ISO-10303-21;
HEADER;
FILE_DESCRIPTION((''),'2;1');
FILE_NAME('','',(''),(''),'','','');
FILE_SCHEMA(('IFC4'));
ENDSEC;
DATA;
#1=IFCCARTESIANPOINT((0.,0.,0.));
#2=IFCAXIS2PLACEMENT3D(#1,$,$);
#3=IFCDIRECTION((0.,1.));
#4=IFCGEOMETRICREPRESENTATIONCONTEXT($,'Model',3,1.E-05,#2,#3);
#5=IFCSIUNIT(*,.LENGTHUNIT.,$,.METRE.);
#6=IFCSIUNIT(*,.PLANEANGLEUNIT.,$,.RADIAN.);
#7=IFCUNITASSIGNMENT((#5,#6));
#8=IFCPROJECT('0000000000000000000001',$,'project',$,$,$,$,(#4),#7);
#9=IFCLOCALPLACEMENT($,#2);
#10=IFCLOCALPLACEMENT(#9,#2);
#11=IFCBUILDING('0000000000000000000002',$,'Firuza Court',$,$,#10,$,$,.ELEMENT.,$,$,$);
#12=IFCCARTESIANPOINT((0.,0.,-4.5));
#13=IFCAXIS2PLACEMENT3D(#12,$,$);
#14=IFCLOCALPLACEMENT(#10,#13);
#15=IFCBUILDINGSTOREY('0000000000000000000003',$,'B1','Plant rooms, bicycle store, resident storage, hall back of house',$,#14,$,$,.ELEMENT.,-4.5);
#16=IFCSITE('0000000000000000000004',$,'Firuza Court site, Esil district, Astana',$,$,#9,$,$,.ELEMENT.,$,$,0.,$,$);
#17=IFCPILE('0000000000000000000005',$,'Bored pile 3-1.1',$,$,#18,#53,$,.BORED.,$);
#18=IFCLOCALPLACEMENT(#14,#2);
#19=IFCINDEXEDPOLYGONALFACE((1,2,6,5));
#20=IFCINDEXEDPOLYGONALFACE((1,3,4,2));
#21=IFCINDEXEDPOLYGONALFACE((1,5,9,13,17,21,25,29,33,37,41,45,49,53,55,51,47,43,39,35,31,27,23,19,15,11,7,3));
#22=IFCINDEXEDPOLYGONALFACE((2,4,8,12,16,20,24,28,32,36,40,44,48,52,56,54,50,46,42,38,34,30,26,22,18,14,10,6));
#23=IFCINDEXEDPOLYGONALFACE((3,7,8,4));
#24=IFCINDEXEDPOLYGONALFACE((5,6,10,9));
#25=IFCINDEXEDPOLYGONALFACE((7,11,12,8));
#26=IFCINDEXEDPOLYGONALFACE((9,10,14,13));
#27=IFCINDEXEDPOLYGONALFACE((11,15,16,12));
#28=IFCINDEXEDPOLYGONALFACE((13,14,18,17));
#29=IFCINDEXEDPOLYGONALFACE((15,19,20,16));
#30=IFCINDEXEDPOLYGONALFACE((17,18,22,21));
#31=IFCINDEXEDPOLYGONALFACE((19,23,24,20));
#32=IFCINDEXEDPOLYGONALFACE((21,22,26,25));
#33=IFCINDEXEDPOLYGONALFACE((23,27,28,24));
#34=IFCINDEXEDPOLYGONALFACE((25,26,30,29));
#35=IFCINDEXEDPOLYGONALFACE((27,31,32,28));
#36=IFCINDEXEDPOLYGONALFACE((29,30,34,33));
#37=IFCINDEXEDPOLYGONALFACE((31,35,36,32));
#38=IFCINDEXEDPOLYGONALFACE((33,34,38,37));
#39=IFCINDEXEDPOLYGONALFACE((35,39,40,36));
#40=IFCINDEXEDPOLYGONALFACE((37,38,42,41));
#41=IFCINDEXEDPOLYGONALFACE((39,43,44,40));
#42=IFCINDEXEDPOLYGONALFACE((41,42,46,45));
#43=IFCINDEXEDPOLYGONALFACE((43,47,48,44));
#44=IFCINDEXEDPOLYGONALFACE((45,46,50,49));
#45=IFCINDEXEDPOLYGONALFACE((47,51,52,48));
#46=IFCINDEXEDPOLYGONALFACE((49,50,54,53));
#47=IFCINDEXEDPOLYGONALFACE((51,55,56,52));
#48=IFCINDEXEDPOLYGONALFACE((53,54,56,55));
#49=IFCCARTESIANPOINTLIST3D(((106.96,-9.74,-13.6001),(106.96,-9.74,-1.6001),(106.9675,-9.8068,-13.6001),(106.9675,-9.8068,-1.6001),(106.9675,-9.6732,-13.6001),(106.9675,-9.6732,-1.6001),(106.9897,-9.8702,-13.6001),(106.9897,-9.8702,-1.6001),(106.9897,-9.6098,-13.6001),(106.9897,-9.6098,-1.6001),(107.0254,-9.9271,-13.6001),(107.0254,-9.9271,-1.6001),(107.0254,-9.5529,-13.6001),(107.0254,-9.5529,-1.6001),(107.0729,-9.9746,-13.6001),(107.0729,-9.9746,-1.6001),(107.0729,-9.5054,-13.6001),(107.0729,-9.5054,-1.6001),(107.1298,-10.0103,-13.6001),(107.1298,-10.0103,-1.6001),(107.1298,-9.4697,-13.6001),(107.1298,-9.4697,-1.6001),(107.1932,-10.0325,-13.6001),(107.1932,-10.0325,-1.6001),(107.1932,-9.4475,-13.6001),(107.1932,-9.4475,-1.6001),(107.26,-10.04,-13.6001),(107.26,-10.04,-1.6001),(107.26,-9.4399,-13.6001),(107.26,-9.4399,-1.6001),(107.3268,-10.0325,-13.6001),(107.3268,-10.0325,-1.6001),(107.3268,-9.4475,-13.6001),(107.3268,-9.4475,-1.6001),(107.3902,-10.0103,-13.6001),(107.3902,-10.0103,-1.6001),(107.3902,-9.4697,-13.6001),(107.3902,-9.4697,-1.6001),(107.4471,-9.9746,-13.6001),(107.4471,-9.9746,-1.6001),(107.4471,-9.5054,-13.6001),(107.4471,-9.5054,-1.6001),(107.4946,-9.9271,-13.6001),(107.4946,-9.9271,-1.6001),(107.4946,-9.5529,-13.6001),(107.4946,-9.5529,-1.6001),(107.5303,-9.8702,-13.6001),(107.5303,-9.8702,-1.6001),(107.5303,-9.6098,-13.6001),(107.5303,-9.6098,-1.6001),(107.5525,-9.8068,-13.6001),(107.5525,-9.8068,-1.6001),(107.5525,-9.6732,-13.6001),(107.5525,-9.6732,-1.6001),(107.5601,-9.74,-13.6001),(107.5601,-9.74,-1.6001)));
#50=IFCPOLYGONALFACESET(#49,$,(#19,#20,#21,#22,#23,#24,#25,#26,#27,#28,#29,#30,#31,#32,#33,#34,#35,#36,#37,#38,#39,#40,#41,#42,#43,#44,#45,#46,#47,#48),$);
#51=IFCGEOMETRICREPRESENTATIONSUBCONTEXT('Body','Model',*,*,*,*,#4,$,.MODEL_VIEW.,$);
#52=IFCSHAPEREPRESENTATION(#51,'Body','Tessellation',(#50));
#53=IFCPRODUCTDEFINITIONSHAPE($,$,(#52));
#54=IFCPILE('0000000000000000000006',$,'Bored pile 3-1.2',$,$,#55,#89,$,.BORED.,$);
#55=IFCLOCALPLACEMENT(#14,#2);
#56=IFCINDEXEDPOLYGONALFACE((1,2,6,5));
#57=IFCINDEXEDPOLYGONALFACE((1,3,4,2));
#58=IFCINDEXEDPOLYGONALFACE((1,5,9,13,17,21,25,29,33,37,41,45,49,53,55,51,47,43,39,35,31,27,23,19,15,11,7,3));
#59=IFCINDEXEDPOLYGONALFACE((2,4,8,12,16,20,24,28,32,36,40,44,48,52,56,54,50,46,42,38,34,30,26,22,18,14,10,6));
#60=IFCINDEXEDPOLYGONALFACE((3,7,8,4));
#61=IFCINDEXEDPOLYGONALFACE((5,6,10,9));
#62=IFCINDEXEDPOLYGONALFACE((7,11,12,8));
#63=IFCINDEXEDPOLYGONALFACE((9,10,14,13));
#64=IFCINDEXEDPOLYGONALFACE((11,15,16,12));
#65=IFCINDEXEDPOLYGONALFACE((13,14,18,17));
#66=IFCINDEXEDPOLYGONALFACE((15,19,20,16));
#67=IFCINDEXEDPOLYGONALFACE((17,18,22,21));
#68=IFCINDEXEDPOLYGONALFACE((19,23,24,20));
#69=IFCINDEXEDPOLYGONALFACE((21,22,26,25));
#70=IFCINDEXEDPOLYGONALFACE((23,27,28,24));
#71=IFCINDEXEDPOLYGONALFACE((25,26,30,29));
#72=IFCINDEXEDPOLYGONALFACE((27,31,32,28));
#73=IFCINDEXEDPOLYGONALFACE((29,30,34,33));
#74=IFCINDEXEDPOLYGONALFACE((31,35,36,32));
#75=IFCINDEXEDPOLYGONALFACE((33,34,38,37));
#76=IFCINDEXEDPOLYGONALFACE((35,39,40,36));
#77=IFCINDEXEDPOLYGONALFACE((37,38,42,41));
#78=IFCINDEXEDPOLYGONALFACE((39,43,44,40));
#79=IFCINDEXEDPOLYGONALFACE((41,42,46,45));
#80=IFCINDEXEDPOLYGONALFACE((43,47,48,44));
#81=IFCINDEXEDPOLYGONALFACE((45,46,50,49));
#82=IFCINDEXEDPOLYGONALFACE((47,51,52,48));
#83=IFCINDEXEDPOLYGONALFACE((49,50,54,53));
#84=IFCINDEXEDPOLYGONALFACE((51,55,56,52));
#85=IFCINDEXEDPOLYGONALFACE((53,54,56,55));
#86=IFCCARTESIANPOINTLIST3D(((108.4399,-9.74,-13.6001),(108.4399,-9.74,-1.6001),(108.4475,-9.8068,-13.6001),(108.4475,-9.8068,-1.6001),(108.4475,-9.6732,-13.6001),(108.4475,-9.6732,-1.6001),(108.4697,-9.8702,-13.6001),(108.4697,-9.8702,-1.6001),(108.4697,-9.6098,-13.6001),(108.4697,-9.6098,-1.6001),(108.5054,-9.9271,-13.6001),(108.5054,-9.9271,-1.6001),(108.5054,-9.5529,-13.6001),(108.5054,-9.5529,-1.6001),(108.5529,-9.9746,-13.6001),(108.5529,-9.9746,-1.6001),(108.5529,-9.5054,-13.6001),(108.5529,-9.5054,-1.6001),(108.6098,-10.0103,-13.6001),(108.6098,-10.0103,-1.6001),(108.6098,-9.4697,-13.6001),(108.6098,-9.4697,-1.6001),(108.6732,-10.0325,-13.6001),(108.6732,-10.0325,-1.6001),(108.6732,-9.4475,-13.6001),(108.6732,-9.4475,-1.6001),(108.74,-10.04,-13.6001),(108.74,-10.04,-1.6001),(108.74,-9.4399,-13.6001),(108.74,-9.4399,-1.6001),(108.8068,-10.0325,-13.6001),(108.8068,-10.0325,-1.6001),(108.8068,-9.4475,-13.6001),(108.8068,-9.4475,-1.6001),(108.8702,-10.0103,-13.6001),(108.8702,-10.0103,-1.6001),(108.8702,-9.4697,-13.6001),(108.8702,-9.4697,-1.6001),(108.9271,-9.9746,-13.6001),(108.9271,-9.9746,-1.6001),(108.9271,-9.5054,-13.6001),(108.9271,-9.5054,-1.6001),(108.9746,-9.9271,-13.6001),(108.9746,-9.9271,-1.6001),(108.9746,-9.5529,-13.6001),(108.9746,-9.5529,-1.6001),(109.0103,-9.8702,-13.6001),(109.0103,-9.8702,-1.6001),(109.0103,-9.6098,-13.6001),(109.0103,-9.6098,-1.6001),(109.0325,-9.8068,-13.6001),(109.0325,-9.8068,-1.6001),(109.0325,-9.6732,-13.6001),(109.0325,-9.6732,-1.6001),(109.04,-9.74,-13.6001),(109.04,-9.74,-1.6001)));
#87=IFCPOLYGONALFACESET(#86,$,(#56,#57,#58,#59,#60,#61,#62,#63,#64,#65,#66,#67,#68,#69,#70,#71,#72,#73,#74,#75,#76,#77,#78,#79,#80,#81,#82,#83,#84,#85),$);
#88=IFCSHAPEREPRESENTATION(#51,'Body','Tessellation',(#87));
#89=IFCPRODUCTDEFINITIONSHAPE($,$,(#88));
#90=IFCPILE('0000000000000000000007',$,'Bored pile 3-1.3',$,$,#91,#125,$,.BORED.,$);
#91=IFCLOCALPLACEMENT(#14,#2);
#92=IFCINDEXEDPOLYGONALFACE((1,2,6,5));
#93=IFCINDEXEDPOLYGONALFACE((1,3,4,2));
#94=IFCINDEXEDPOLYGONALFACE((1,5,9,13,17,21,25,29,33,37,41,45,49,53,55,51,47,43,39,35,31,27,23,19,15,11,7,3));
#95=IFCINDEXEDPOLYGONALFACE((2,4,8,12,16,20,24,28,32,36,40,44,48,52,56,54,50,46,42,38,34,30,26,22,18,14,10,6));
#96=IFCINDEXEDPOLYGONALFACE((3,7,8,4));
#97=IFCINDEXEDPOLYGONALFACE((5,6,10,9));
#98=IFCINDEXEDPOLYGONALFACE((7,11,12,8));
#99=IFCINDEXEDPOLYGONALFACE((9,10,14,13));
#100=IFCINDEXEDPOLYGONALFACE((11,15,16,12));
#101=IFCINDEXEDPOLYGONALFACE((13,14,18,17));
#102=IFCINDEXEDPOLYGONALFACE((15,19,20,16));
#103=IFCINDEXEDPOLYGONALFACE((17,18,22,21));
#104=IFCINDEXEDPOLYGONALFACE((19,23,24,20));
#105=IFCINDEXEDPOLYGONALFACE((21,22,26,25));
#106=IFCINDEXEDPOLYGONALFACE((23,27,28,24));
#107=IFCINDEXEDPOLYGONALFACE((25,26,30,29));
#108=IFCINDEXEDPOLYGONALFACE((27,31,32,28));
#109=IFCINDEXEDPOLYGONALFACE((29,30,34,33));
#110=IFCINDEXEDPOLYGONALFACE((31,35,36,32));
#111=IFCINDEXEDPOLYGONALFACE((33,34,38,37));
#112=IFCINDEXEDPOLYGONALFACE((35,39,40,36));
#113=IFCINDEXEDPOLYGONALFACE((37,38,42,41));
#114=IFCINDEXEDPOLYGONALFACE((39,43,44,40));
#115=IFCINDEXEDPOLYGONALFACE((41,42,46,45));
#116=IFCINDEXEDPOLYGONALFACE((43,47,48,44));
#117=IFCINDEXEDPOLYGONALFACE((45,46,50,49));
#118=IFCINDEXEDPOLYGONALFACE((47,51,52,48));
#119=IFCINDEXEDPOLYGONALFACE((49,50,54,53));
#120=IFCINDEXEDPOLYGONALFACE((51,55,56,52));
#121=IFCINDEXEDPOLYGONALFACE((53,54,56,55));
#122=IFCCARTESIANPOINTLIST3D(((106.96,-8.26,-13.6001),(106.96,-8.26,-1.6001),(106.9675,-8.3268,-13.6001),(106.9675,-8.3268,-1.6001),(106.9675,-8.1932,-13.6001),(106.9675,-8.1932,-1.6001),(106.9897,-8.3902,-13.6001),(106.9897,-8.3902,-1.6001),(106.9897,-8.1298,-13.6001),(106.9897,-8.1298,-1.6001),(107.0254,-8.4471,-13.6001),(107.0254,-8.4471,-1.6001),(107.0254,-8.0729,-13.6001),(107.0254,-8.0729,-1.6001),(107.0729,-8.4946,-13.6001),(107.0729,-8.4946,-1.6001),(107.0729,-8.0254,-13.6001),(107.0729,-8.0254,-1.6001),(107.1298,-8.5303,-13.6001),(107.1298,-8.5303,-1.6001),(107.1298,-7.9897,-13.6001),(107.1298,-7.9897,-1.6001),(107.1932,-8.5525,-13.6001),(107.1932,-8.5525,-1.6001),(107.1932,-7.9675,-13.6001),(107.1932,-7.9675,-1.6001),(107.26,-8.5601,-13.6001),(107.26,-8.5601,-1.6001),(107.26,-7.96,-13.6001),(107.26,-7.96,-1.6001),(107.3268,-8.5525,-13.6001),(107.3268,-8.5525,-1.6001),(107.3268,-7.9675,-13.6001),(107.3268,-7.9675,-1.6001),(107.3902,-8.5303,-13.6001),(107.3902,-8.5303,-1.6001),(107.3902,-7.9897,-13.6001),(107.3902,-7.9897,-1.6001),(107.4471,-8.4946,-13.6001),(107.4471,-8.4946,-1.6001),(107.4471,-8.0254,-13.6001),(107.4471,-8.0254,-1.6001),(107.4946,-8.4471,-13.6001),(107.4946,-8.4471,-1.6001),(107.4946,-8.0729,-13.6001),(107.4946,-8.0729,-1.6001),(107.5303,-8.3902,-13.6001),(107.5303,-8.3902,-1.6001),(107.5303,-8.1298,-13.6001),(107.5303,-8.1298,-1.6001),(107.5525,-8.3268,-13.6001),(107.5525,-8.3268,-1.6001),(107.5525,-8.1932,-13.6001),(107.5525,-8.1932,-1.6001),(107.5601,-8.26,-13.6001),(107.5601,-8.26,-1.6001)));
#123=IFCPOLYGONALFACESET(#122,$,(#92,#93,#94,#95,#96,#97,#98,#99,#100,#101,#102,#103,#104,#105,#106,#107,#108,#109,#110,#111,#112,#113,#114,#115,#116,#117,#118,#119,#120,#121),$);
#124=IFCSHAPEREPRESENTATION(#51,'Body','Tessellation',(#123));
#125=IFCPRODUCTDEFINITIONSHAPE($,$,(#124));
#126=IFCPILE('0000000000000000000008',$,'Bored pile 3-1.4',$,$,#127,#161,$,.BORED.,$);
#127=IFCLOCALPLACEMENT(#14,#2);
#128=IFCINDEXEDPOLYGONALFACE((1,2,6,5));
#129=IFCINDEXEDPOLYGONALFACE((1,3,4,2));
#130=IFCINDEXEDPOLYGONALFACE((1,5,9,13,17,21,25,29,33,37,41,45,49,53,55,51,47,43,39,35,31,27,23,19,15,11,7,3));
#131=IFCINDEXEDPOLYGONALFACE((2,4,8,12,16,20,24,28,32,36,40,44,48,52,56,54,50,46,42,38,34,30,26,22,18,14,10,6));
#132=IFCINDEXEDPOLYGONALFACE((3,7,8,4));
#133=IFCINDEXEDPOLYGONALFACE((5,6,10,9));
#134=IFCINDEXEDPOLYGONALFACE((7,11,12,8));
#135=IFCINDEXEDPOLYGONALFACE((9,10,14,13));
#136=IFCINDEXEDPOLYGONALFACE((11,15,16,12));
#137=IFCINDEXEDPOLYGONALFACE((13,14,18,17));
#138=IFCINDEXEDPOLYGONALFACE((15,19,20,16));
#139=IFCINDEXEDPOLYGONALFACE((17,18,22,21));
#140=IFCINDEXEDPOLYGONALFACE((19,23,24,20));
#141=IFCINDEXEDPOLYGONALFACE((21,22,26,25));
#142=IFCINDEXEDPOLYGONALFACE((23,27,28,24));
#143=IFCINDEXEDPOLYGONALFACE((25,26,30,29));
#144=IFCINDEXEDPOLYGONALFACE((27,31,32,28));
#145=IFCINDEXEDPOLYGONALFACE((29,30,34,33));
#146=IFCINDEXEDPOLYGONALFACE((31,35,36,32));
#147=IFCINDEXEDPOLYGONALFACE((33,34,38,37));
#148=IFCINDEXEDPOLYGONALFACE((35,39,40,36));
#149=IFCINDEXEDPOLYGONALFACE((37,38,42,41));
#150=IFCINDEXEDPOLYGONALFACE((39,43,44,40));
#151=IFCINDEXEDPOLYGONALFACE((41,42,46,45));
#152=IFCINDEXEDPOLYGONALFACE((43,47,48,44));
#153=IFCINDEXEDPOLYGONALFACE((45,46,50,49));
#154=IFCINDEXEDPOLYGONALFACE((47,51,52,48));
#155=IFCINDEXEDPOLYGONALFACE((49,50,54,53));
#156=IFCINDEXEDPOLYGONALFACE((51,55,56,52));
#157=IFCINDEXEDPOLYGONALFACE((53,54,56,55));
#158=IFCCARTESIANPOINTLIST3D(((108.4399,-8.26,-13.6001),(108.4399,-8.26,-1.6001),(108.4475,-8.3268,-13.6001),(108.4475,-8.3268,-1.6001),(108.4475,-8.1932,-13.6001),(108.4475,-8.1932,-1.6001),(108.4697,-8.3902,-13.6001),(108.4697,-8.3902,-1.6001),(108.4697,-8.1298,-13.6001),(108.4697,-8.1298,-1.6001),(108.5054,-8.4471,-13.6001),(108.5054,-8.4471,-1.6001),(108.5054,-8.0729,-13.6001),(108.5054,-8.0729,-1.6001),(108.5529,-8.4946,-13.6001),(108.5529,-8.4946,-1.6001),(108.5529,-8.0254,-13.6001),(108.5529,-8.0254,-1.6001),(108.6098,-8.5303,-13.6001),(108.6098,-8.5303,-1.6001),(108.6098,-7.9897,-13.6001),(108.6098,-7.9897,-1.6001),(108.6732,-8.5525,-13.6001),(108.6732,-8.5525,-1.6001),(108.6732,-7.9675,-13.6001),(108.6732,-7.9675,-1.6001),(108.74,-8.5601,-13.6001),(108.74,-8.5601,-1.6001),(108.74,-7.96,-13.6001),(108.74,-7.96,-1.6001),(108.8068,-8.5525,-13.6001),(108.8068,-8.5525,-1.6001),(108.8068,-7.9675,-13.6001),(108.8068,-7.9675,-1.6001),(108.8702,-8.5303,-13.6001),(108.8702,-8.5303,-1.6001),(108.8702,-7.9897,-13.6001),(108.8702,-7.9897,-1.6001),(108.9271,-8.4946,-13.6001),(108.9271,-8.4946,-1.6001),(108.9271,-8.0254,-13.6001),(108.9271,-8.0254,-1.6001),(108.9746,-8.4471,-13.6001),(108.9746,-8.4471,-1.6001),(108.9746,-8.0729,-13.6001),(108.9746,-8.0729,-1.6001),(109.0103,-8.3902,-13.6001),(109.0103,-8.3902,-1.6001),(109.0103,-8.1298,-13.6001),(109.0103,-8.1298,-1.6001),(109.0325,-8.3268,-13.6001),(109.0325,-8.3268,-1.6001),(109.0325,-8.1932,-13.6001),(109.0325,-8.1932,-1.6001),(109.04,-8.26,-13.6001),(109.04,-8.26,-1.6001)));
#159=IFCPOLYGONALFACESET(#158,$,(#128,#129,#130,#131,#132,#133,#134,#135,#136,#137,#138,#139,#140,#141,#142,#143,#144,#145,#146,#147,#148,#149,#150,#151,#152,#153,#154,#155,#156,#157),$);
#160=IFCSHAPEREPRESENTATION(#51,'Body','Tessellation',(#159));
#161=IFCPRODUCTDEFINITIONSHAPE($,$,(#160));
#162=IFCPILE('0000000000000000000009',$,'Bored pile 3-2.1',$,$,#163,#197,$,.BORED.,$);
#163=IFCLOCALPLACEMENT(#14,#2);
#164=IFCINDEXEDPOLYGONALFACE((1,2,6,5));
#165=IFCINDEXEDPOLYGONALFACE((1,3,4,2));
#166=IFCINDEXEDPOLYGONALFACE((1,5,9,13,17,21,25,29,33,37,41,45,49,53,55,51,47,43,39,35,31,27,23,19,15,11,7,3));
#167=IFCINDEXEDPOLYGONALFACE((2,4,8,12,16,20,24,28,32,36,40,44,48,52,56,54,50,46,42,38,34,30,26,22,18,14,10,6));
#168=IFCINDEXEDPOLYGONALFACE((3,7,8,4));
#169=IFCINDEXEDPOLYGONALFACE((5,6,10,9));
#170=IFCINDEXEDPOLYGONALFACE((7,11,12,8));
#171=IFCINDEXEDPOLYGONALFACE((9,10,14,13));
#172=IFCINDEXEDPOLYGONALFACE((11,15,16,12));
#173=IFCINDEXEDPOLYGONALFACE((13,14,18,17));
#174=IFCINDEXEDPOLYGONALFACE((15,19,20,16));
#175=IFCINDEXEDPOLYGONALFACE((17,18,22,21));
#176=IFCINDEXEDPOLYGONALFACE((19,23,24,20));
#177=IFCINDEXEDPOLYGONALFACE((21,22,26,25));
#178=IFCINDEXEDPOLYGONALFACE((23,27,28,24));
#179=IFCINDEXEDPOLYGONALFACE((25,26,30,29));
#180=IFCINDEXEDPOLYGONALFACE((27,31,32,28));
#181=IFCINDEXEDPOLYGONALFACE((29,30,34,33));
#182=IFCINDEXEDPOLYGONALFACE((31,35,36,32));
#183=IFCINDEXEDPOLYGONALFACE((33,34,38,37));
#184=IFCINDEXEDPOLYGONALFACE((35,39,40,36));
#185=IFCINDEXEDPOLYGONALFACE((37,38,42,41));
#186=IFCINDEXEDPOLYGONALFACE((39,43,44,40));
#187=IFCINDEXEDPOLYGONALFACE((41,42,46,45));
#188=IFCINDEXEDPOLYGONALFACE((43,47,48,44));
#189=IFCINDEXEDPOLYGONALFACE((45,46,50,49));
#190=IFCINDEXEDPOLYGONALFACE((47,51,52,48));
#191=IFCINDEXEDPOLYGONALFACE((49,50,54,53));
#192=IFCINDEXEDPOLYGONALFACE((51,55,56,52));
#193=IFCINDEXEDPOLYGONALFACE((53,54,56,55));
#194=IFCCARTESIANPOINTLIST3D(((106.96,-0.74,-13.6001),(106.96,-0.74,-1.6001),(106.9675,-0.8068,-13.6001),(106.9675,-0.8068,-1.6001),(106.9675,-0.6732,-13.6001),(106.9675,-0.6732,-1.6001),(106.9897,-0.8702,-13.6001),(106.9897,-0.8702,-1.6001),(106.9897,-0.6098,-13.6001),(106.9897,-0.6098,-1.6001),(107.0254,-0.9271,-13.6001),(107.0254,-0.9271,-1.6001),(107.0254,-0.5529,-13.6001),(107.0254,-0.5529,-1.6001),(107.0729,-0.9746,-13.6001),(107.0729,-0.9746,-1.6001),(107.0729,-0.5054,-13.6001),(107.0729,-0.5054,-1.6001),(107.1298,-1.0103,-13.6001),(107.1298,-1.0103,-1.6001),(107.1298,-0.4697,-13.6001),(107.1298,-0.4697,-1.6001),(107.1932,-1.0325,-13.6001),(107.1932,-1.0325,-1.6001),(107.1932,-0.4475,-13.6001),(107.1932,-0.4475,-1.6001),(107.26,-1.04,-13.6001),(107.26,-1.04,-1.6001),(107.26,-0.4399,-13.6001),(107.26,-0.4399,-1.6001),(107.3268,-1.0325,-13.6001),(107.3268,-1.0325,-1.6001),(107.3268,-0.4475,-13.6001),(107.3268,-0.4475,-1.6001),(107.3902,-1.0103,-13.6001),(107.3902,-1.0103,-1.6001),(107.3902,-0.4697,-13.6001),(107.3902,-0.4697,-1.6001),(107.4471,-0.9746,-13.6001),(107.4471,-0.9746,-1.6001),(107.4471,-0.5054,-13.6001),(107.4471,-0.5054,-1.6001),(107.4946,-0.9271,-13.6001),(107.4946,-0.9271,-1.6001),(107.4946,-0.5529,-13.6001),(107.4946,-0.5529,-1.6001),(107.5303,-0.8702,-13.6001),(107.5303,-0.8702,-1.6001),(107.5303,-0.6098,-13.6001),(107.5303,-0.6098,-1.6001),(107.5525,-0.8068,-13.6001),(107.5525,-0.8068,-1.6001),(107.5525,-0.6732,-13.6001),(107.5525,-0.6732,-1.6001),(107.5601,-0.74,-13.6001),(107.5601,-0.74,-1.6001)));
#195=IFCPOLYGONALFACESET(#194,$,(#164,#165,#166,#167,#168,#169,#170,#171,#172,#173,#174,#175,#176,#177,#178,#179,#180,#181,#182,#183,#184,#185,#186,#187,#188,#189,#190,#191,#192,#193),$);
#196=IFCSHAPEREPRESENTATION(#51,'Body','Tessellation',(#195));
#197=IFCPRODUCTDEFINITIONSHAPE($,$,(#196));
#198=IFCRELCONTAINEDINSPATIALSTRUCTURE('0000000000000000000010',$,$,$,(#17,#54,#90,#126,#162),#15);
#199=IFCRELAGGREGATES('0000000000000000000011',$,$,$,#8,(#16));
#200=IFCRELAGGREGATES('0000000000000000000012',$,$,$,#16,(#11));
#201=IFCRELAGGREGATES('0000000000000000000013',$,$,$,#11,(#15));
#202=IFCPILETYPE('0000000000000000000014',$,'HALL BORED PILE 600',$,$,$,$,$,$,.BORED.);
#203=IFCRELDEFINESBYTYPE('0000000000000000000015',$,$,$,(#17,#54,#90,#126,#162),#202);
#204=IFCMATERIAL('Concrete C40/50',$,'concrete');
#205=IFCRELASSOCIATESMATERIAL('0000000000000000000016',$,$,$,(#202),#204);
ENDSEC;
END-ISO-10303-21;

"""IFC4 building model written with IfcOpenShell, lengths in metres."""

from ifc_helpers import new_model, si_unit, direction, frame, origin, origin_2d, place, context, subcontext, project, spatial, circle, extrude, material, material_profile, profile_set, type_object, element, save


model = new_model("IFC4")

# Units and contexts
model_context = context("Model", 3, precision=1e-05, world=origin(), true_north=direction((0.0, 1.0)))
body_context = subcontext(model_context, "Body", "Model", "MODEL_VIEW")
ifc_project = project(units=[si_unit("LENGTHUNIT", "METRE"), si_unit("PLANEANGLEUNIT", "RADIAN")], contexts=[model_context])

# Site, building, storey
site_placement = place(None, origin())
site = spatial("IfcSite", under=ifc_project, at=site_placement, Name="Firuza Court site, Esil district, Astana", CompositionType="ELEMENT", RefElevation=0.0)
building_placement = place(site_placement, origin())
building = spatial("IfcBuilding", under=site, at=building_placement, Name="Firuza Court", CompositionType="ELEMENT")
storey_placement = place(building_placement, frame((0.0, 0.0, -4.5)))
storey = spatial("IfcBuildingStorey", under=building, at=storey_placement, Name="B1", Description="Plant rooms, bicycle store, resident storage, hall back of house", CompositionType="ELEMENT", Elevation=-4.5)

# Piles
ifc_material_1 = material(Name="Concrete C40/50", Category="concrete")
ifc_material_profile_1 = material_profile(ifc_material_1, circle(Radius=0.3, at=origin_2d()), Name="PILE 600")
ifc_profile_set_1 = profile_set([ifc_material_profile_1], Name="Concrete C40/50")
pile_type = type_object("IfcPileType", Name="HALL BORED PILE 600", PredefinedType="BORED", material=ifc_profile_set_1)
for number, where, z_axis, x_axis, name in (
    (1, (107.26, -9.74, -1.6001), (0.0, 0.0, -1.0), (1.0, 0.0, 0.0), "Bored pile 3-1.1"),
    (2, (108.74, -9.74, -1.6001), (0.0, 0.0, -1.0), (1.0, 0.0, 0.0), "Bored pile 3-1.2"),
    (3, (107.26, -8.26, -1.6001), (0.0, 0.0, -1.0), (1.0, 0.0, 0.0), "Bored pile 3-1.3"),
    (4, (108.74, -8.26, -1.6001), (0.0, 0.0, -1.0), (1.0, 0.0, 0.0), "Bored pile 3-1.4"),
    (5, (107.26, -0.74, -1.6001), (0.0, 0.0, -1.0), (1.0, 0.0, 0.0), "Bored pile 3-2.1"),
):
    element("IfcPile", number, at=place(storey_placement, frame(where, z_axis=z_axis, x_axis=x_axis)), inside=storey, type_object=pile_type, Name=name, PredefinedType="BORED", context=body_context, shape_type="SweptSolid", body=[
        extrude(circle(Radius=0.3, at=origin_2d()), origin(), (0.0, 0.0, 1.0), 12.0),
    ])

save(model, "model.ifc")
